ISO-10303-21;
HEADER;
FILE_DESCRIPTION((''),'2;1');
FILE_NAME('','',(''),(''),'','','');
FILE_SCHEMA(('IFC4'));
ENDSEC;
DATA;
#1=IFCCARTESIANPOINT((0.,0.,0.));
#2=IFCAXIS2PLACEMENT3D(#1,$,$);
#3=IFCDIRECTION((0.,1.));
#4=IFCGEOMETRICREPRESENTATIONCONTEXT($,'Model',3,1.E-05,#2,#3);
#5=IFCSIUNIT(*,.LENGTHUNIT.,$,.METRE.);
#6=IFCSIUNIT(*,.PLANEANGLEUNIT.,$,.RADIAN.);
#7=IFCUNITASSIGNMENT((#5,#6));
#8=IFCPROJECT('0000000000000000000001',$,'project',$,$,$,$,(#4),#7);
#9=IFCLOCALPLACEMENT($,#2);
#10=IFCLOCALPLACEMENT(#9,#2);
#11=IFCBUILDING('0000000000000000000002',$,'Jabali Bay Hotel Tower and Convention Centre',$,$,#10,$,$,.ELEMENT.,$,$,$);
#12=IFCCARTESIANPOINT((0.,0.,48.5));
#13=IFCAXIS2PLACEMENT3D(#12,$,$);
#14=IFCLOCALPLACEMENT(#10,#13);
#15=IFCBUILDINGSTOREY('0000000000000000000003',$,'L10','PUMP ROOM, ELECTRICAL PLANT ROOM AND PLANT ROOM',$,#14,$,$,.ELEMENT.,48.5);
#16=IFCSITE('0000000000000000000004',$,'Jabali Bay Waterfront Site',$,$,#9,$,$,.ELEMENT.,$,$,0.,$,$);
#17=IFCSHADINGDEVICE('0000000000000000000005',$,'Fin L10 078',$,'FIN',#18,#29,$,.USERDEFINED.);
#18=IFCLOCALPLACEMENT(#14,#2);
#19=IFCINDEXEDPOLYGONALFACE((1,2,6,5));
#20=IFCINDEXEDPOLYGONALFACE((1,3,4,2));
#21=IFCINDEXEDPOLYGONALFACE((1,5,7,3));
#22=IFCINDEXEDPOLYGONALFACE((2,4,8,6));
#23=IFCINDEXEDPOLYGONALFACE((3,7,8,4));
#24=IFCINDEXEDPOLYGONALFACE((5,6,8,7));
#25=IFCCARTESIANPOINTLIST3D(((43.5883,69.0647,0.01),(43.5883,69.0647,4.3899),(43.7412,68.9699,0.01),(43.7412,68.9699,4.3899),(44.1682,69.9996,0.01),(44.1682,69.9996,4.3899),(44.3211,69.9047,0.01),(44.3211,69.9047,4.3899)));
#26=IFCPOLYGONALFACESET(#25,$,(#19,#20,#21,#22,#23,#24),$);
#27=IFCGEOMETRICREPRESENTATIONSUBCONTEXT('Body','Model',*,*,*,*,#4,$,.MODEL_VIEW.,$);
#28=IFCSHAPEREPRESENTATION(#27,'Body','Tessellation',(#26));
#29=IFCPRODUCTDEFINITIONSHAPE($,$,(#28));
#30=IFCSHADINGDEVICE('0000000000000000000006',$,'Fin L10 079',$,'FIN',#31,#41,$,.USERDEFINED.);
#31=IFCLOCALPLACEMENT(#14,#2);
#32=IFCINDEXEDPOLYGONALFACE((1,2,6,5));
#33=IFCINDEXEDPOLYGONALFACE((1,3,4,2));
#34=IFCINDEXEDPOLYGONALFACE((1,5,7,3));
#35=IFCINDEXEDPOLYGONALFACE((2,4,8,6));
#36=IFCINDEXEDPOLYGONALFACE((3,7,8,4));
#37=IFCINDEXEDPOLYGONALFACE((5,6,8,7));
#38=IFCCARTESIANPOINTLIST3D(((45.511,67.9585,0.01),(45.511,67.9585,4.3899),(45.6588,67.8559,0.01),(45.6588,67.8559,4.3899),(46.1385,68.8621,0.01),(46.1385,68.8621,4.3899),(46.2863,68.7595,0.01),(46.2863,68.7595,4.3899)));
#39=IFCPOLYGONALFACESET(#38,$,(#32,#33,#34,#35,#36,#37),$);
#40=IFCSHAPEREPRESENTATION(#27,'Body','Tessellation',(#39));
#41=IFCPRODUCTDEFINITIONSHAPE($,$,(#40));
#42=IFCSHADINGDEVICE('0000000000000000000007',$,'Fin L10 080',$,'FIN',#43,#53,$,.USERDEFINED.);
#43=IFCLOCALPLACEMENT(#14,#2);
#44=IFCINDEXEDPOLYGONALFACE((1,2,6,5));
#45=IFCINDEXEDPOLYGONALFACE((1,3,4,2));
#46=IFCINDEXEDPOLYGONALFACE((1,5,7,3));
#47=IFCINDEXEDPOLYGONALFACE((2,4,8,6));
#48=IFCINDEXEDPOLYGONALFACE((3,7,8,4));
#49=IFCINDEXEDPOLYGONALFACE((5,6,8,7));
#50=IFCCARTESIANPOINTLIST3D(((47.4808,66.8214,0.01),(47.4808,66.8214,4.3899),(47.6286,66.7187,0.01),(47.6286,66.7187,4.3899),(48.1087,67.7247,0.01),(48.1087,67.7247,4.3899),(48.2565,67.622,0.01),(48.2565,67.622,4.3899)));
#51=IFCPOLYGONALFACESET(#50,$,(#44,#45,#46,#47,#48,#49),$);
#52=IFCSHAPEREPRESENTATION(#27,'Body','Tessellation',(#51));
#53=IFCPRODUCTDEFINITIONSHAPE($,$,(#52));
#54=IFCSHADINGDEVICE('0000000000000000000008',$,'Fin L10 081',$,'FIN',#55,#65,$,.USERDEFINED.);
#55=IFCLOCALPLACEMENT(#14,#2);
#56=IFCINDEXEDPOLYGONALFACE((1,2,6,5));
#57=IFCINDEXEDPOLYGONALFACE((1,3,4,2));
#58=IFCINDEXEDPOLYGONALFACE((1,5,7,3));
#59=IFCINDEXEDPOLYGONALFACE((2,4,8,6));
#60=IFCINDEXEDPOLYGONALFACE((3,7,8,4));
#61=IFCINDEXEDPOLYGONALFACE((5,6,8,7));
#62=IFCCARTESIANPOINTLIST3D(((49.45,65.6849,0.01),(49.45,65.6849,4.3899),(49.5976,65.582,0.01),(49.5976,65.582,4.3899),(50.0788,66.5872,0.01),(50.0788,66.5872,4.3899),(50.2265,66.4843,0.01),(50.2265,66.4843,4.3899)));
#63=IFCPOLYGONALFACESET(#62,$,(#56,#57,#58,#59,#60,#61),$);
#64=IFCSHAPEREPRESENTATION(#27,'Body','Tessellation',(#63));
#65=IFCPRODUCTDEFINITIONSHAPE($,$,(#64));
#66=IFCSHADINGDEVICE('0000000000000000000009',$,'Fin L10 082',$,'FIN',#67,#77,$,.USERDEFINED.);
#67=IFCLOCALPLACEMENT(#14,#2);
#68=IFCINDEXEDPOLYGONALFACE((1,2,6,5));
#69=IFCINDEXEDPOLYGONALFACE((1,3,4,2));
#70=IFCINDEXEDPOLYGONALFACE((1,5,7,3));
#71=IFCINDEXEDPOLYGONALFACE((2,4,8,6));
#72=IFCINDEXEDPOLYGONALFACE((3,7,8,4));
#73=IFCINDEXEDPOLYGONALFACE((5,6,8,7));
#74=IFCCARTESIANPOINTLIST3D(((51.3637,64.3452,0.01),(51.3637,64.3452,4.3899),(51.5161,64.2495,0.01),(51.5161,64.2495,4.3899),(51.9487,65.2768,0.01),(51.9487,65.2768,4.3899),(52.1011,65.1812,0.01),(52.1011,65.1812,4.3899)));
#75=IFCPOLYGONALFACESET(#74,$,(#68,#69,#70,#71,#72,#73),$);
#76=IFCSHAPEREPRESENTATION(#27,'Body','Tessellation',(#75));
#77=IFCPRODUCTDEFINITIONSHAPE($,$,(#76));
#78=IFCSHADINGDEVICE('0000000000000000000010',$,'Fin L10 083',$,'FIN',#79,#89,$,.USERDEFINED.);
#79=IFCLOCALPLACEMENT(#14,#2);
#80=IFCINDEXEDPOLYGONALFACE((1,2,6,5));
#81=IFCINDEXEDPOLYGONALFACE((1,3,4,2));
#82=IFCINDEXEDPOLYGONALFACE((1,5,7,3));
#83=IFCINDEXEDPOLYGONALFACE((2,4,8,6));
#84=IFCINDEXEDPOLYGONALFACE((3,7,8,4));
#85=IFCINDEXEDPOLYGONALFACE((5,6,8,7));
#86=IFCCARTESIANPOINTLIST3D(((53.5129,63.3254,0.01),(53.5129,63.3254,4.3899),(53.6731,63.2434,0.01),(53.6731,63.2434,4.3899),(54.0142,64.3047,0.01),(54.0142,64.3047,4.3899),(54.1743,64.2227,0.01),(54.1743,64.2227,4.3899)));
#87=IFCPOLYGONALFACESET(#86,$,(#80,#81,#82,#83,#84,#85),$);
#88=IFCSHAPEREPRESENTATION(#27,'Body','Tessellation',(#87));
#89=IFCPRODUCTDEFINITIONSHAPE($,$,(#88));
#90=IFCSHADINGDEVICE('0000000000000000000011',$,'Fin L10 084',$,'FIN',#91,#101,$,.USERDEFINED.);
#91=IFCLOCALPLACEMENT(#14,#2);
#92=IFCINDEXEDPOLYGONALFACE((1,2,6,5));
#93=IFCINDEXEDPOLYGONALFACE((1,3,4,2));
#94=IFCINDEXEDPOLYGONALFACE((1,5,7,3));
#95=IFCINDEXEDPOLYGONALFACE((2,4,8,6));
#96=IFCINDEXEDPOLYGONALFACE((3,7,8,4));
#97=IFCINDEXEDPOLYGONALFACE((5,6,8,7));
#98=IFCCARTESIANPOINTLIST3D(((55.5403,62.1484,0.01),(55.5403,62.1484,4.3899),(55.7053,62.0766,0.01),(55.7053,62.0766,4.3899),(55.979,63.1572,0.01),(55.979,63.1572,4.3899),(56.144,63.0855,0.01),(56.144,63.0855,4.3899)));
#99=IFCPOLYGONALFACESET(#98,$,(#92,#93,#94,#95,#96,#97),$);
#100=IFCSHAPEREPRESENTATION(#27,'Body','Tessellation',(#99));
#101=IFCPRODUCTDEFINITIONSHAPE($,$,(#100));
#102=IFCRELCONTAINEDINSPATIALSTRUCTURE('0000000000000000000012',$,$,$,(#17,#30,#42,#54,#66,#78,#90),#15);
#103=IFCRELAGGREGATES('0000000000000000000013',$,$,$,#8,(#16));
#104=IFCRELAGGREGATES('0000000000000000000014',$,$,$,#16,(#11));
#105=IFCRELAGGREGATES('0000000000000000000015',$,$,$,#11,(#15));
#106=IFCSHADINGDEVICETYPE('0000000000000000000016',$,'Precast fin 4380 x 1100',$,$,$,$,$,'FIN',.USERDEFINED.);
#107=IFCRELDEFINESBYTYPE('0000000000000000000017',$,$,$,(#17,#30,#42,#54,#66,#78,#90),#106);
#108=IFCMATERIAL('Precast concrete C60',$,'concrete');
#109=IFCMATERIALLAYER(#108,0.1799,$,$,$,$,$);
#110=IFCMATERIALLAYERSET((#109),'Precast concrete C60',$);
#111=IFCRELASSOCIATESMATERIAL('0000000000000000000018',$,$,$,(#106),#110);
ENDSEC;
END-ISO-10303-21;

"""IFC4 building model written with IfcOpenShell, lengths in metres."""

from ifc_helpers import new_model, si_unit, direction, frame, frame_2d, origin, place, context, subcontext, project, spatial, rectangle, extrude, material, layer, layer_set, type_object, element, save


model = new_model("IFC4")

# Units and contexts
model_context = context("Model", 3, precision=1e-05, world=origin(), true_north=direction((0.0, 1.0)))
body_context = subcontext(model_context, "Body", "Model", "MODEL_VIEW")
ifc_project = project(units=[si_unit("LENGTHUNIT", "METRE"), si_unit("PLANEANGLEUNIT", "RADIAN")], contexts=[model_context])

# Site, building, storey
site_placement = place(None, origin())
site = spatial("IfcSite", under=ifc_project, at=site_placement, Name="Jabali Bay Waterfront Site", CompositionType="ELEMENT", RefElevation=0.0)
building_placement = place(site_placement, origin())
building = spatial("IfcBuilding", under=site, at=building_placement, Name="Jabali Bay Hotel Tower and Convention Centre", CompositionType="ELEMENT")
storey_placement = place(building_placement, frame((0.0, 0.0, 48.5)))
storey = spatial("IfcBuildingStorey", under=building, at=storey_placement, Name="L10", Description="PUMP ROOM, ELECTRICAL PLANT ROOM AND PLANT ROOM", CompositionType="ELEMENT", Elevation=48.5)

# Shading devices
ifc_material_1 = material(Name="Precast concrete C60", Category="concrete")
ifc_layer_1 = layer(ifc_material_1, 0.1799)
ifc_layer_set_1 = layer_set([ifc_layer_1], Name="Precast concrete C60")
shading_device_type = type_object("IfcShadingDeviceType", Name="Precast fin 4380 x 1100", ElementType="FIN", PredefinedType="USERDEFINED", material=ifc_layer_set_1)
for number, where, z_axis, x_axis, name in (
    (1, (44.2446, 69.9521, 0.01), (0.0, 0.0, 1.0), (-0.527103, -0.849801, 0.0), "Fin L10 078"),
    (2, (46.2124, 68.8108, 0.01), (0.0, 0.0, 1.0), (-0.570375, -0.821384, 0.0), "Fin L10 079"),
    (3, (48.1826, 67.6733, 0.01), (0.0, 0.0, 1.0), (-0.570778, -0.821104, 0.0), "Fin L10 080"),
):
    element("IfcShadingDevice", number, at=place(storey_placement, frame(where, z_axis=z_axis, x_axis=x_axis)), inside=storey, type_object=shading_device_type, Name=name, ObjectType="FIN", PredefinedType="USERDEFINED", context=body_context, shape_type="SweptSolid", body=[
        extrude(rectangle(XDim=1.1001, YDim=0.1799, at=frame_2d((0.55, 0.0))), origin(), (0.0, 0.0, 1.0), 4.3799),
    ])
shading_device_placement = place(storey_placement, frame((50.1526, 66.5356, 0.01), z_axis=(0.0, 0.0, 1.0), x_axis=(-0.571793, -0.820398, 0.0)))
element("IfcShadingDevice", 4, at=shading_device_placement, inside=storey, type_object=shading_device_type, Name="Fin L10 081", ObjectType="FIN", PredefinedType="USERDEFINED", context=body_context, shape_type="SweptSolid", body=[
    extrude(rectangle(XDim=1.0999, YDim=0.1799, at=frame_2d((0.5498, 0.0))), origin(), (0.0, 0.0, 1.0), 4.3799),
])
for number, where, z_axis, x_axis, name in (
    (5, (52.0249, 65.229, 0.01), (0.0, 0.0, 1.0), (-0.531753, -0.846899, 0.0), "Fin L10 082"),
    (6, (54.0942, 64.2637, 0.01), (0.0, 0.0, 1.0), (-0.455627, -0.890171, 0.0), "Fin L10 083"),
    (7, (56.0615, 63.1213, 0.01), (0.0, 0.0, 1.0), (-0.398815, -0.917031, 0.0), "Fin L10 084"),
):
    element("IfcShadingDevice", number, at=place(storey_placement, frame(where, z_axis=z_axis, x_axis=x_axis)), inside=storey, type_object=shading_device_type, Name=name, ObjectType="FIN", PredefinedType="USERDEFINED", context=body_context, shape_type="SweptSolid", body=[
        extrude(rectangle(XDim=1.1001, YDim=0.1799, at=frame_2d((0.55, 0.0))), origin(), (0.0, 0.0, 1.0), 4.3799),
    ])

save(model, "model.ifc")
